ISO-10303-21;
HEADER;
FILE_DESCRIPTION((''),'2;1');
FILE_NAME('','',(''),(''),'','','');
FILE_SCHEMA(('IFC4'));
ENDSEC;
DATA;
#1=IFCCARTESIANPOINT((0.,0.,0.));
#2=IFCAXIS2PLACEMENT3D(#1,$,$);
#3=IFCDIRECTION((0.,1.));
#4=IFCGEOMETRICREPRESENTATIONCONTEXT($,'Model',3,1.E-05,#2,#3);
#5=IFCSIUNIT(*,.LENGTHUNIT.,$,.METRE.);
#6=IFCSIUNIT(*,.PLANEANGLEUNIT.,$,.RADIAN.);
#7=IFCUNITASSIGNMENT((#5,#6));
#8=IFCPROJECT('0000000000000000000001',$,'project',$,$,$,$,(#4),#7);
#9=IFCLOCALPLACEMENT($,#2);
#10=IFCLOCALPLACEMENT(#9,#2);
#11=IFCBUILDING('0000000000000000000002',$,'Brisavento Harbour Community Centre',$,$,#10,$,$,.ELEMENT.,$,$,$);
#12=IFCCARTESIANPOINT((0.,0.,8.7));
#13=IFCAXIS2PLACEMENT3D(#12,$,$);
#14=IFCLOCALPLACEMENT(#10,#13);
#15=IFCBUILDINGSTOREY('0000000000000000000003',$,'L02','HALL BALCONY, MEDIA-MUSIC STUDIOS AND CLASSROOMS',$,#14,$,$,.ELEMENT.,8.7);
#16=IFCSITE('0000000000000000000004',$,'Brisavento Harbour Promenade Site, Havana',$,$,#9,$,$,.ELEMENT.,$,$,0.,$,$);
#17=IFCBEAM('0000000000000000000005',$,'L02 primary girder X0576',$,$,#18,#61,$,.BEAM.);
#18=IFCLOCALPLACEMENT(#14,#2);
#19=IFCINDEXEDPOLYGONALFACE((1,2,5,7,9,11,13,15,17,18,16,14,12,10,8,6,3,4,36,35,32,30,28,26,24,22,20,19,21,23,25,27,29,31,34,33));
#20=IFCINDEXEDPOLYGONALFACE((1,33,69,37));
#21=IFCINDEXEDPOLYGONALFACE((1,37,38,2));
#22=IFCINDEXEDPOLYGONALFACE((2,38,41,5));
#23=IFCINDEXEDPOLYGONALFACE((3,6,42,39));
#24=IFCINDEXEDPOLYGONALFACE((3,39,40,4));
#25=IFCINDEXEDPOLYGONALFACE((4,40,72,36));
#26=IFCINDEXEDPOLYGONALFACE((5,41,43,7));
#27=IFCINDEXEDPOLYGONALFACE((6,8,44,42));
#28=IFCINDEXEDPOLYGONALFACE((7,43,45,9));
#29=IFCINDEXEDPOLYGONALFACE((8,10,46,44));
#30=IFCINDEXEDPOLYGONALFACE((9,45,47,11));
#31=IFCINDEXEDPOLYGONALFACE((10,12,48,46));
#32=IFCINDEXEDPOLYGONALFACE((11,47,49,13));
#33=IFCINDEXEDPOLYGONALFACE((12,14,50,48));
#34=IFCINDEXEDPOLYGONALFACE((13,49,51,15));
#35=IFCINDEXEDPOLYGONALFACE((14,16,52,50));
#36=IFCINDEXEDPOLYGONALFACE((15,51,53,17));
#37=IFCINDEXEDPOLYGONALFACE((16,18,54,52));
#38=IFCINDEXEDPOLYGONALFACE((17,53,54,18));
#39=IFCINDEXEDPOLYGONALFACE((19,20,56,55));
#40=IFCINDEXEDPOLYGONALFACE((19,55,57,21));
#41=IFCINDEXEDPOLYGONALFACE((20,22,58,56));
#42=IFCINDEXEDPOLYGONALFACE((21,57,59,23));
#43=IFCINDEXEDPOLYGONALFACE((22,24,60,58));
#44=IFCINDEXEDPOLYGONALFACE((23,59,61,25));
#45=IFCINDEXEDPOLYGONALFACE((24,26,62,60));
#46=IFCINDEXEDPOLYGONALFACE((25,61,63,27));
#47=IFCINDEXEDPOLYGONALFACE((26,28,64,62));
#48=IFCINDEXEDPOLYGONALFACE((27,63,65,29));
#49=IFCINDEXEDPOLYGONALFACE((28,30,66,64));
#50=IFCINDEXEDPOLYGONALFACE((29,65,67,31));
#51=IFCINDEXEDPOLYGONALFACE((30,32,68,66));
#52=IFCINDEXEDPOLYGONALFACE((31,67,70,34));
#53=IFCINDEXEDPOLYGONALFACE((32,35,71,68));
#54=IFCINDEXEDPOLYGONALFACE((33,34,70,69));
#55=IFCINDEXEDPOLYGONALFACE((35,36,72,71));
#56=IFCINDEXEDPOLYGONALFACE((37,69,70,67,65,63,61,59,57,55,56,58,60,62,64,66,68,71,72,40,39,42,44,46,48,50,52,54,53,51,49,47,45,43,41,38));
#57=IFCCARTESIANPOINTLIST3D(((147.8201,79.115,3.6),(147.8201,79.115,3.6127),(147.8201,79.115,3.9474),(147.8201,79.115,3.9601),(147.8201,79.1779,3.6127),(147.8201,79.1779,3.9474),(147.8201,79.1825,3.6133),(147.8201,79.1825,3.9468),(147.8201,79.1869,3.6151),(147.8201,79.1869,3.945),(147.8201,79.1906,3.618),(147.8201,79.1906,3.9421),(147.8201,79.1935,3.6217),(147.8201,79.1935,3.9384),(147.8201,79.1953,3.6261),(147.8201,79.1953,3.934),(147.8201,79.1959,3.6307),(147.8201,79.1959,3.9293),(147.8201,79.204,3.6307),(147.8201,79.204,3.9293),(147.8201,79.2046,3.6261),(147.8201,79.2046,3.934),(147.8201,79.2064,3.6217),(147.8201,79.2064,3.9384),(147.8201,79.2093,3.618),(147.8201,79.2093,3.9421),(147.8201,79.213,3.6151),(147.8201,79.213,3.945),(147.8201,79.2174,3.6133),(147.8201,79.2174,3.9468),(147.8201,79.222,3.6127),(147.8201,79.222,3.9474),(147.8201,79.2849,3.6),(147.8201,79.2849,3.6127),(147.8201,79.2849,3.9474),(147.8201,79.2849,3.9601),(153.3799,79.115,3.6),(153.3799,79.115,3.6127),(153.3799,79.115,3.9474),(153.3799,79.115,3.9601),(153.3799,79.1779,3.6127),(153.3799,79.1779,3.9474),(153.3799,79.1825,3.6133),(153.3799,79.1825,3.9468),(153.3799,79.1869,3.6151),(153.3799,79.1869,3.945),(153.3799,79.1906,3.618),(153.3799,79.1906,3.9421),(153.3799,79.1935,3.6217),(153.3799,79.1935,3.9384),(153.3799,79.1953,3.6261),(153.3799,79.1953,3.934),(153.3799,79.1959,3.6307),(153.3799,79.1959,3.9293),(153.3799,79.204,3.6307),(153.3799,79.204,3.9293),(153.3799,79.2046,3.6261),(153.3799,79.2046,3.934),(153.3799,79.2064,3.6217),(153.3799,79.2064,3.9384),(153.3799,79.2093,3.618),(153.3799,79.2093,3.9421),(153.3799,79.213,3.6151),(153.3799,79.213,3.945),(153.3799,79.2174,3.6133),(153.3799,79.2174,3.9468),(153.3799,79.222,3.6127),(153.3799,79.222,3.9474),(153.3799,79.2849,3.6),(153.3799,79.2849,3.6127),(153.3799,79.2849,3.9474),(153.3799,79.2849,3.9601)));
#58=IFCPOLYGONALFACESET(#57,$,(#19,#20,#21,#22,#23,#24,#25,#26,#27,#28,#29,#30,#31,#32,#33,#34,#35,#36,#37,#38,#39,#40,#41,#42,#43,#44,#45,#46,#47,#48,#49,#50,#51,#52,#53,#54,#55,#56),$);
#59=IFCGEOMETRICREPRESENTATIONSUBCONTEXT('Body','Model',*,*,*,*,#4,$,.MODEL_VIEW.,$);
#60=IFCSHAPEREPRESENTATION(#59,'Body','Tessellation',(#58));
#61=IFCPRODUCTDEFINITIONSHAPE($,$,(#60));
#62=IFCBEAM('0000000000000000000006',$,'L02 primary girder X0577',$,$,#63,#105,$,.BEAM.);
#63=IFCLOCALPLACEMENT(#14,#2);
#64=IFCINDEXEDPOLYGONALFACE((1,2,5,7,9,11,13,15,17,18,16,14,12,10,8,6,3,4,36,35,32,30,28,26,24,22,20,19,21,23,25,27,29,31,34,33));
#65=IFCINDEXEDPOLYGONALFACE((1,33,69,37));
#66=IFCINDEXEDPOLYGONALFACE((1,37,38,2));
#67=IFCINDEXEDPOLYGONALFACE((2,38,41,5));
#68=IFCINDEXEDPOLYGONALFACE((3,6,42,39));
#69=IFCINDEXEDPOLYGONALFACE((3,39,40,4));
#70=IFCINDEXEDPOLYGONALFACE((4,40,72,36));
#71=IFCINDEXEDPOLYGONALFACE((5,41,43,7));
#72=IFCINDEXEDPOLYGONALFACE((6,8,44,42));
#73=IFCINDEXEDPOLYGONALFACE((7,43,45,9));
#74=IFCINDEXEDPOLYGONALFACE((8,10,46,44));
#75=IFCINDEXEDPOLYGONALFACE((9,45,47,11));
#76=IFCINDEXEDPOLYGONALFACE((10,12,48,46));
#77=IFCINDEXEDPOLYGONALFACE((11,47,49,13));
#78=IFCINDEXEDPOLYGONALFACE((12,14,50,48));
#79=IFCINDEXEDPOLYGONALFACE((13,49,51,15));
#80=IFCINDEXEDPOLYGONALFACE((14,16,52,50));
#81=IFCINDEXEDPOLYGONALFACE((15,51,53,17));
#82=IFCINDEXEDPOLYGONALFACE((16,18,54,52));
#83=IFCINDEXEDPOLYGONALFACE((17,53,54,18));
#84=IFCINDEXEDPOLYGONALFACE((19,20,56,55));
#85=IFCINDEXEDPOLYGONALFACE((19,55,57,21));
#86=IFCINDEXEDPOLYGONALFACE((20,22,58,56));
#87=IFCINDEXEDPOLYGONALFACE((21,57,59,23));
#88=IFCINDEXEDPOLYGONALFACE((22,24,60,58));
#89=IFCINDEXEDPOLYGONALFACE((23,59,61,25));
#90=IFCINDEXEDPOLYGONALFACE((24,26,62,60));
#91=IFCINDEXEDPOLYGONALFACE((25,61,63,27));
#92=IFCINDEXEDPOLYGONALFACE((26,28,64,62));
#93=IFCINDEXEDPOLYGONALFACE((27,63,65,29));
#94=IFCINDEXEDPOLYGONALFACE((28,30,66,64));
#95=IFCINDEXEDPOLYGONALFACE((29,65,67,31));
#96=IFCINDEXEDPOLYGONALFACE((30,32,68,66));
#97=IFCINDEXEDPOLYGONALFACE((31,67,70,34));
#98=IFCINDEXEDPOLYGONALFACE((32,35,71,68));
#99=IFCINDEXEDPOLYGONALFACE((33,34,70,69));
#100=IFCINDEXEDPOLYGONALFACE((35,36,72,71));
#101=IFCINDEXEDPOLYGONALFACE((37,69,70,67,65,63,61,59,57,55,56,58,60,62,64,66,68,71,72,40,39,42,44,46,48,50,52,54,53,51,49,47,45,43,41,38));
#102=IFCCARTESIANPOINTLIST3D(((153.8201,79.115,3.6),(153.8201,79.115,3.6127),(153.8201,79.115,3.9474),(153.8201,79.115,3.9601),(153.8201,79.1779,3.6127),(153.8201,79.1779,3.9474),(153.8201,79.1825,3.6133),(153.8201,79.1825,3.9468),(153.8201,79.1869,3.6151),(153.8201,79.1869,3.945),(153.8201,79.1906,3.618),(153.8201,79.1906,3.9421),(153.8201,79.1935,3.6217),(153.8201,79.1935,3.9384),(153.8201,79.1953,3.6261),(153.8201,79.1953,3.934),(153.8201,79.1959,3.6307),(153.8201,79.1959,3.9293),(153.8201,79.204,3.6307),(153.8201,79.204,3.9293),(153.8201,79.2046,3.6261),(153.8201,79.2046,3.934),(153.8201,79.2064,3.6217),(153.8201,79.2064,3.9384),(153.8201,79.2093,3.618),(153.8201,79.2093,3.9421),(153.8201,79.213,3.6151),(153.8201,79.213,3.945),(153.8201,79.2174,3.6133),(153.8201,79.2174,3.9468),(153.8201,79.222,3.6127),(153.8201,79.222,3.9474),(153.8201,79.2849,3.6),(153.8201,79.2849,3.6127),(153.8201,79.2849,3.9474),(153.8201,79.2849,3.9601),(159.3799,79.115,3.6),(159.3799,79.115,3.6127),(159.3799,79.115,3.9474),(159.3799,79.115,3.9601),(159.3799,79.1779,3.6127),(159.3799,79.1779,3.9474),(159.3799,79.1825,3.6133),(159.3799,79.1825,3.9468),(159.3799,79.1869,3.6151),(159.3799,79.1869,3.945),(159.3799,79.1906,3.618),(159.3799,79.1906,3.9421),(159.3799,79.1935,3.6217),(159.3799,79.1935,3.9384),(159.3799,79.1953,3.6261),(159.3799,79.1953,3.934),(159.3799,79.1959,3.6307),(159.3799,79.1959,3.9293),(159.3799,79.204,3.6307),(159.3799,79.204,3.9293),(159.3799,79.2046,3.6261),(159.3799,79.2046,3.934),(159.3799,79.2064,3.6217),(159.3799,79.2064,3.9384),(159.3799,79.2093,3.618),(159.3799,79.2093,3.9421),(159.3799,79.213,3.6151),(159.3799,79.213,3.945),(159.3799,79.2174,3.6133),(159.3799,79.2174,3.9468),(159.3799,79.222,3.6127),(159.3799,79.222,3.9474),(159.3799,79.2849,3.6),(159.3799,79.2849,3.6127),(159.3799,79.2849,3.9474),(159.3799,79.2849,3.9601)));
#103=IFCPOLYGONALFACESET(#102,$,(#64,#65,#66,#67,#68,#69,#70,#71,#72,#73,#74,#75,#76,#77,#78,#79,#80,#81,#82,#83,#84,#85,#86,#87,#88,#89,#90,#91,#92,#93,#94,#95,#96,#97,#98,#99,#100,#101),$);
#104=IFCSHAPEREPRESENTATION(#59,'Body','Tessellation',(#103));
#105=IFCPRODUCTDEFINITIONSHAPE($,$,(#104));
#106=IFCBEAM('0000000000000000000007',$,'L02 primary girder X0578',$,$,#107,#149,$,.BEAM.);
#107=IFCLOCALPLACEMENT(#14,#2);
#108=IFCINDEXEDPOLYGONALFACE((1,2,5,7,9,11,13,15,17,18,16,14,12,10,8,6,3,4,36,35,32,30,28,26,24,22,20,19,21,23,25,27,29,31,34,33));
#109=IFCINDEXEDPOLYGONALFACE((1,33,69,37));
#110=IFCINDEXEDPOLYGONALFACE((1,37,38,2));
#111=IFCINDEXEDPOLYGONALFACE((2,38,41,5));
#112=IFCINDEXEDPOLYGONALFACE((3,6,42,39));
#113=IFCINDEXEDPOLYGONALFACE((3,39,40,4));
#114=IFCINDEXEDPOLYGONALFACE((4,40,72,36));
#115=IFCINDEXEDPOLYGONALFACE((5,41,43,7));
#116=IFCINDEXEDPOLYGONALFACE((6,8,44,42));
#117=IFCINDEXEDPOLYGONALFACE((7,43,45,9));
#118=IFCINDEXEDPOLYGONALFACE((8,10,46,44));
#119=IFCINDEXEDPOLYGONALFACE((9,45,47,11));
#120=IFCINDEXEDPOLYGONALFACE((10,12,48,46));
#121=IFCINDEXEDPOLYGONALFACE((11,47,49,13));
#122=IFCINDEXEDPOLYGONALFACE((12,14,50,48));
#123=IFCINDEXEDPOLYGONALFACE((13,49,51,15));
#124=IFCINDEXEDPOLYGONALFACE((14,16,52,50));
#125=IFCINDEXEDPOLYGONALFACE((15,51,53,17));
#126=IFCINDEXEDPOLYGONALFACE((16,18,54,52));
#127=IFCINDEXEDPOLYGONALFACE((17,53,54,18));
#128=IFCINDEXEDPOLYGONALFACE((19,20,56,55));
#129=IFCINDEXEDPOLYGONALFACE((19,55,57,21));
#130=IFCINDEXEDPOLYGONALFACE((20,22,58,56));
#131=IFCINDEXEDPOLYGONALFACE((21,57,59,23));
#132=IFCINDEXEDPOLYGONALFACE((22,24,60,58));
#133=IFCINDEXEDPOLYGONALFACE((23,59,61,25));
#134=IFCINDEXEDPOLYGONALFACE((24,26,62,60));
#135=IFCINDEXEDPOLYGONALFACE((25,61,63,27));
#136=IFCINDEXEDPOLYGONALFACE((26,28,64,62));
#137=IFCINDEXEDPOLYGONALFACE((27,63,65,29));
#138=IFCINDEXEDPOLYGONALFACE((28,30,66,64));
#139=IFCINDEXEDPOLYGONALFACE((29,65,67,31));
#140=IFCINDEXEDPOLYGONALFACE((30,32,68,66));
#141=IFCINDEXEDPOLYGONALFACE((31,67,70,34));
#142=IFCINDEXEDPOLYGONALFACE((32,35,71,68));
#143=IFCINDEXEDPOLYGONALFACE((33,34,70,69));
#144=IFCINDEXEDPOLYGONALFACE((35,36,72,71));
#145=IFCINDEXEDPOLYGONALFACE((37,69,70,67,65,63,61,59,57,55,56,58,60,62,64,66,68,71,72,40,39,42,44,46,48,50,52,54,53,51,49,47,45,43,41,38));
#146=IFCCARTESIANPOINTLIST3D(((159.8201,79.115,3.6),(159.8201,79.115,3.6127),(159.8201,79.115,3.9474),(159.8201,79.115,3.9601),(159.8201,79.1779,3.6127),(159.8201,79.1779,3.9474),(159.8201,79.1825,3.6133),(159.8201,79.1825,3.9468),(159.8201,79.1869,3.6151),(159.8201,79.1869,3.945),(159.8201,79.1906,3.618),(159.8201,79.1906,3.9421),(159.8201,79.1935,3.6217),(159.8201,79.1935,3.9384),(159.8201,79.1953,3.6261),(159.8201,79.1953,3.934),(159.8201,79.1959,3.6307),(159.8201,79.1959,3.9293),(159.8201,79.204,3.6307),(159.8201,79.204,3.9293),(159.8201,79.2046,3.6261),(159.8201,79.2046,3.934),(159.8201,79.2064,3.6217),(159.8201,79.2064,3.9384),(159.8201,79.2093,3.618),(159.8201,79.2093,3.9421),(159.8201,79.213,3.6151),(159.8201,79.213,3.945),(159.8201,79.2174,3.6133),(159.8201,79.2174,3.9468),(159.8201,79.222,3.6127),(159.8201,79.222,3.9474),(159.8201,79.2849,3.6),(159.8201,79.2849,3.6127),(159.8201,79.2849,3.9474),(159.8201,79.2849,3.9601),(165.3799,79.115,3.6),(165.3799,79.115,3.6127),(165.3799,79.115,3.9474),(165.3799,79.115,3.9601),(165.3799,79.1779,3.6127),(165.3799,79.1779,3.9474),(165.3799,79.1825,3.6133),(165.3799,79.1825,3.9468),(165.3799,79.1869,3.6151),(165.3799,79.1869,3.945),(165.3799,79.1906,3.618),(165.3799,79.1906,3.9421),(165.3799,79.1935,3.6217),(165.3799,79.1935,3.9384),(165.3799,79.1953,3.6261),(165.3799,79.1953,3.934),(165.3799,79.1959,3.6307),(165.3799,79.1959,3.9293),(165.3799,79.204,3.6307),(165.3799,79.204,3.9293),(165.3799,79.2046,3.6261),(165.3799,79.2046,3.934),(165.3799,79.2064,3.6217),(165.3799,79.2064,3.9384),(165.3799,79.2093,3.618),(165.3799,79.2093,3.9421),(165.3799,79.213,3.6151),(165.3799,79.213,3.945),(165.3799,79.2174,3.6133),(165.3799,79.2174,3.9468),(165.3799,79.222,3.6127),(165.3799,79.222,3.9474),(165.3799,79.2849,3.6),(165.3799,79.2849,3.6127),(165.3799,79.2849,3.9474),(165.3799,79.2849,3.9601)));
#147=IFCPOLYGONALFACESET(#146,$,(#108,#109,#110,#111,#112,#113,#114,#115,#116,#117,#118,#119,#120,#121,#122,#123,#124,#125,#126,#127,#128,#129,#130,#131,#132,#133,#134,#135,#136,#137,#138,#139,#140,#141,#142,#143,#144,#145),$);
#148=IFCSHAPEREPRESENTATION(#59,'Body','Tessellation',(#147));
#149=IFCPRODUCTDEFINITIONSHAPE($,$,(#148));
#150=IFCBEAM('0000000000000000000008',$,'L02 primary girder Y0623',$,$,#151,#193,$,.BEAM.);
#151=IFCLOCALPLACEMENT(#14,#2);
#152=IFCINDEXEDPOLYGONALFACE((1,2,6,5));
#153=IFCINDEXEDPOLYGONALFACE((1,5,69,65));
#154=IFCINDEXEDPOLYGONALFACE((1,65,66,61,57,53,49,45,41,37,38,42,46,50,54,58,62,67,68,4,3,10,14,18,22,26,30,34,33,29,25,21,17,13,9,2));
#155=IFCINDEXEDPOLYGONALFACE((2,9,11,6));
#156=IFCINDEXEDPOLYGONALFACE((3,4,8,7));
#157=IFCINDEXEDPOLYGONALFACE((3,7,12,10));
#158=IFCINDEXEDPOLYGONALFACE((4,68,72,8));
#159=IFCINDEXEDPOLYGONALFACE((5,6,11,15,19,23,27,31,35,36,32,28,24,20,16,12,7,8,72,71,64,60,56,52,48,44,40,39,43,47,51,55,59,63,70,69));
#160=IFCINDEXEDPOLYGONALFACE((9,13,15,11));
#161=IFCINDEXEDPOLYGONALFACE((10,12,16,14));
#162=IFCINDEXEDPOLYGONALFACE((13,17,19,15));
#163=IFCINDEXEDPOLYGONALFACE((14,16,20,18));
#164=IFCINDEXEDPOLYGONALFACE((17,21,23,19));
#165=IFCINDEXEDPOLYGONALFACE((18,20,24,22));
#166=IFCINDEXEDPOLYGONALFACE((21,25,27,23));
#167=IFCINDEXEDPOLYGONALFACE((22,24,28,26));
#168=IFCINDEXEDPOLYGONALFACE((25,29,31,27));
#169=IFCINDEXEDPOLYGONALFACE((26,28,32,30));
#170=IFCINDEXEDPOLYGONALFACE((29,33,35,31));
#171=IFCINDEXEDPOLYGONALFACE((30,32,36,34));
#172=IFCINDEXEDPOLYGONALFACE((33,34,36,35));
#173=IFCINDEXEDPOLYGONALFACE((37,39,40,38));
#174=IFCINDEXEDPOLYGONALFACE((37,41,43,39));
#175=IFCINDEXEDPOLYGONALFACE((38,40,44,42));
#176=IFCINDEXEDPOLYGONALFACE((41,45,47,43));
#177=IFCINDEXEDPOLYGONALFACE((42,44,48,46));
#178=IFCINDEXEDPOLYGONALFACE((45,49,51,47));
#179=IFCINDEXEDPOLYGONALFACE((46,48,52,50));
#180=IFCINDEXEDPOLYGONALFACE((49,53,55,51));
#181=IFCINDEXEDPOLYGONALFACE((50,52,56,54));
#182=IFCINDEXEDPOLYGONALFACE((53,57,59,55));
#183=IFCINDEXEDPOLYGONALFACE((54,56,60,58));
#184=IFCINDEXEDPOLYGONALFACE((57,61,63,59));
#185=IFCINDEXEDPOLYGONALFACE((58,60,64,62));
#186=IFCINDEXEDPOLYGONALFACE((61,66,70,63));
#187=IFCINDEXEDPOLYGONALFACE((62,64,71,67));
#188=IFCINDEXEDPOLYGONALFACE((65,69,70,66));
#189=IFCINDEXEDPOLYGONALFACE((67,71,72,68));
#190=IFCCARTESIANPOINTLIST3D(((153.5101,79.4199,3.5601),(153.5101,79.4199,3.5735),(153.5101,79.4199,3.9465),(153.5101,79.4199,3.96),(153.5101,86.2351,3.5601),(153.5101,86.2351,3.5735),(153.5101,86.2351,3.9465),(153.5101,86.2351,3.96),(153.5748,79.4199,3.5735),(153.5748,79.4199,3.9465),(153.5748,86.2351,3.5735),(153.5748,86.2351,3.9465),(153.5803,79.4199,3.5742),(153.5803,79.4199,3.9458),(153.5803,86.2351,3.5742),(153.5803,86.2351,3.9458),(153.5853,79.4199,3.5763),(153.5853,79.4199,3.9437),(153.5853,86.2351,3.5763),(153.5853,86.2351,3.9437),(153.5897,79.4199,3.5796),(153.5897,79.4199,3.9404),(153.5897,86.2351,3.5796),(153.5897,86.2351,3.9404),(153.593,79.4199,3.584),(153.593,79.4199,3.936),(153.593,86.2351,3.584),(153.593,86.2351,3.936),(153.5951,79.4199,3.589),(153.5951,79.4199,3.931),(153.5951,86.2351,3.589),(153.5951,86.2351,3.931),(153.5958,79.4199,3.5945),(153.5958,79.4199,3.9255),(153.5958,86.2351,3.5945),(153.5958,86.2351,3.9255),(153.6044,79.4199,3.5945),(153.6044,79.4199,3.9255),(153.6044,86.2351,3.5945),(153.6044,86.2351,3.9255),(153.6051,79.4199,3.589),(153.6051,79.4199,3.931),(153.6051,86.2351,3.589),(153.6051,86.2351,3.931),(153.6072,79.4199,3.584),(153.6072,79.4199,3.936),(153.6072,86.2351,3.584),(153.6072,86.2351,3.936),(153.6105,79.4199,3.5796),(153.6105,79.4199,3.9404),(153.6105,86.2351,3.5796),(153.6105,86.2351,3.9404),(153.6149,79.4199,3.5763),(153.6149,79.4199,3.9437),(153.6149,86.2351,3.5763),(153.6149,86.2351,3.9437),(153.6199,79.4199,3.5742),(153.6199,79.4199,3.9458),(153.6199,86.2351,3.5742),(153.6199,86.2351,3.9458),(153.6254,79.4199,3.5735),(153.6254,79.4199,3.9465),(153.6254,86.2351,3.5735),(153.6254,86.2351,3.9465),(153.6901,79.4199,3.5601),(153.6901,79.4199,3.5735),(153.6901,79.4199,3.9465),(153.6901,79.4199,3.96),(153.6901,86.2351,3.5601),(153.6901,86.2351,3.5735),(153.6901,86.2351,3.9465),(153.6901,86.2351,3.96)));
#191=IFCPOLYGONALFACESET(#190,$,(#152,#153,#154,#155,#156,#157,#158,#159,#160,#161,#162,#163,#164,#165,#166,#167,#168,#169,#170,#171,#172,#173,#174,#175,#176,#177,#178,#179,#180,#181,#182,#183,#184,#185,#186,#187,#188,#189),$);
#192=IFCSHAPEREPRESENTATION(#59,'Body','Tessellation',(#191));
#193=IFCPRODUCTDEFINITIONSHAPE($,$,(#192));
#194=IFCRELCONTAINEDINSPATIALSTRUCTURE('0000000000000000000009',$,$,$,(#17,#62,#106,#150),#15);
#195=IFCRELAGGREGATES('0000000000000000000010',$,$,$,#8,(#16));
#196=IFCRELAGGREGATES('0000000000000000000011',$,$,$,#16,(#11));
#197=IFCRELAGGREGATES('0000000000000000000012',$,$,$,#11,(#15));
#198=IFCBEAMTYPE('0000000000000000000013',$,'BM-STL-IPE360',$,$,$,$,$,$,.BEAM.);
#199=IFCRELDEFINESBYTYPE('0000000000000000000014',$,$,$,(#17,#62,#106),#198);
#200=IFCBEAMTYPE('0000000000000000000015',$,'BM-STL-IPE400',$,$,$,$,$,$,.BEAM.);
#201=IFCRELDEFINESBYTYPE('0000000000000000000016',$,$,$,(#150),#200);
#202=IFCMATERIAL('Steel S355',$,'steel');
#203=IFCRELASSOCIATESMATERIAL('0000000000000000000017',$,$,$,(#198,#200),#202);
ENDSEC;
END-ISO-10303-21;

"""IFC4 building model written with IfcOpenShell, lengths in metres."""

from ifc_helpers import new_model, si_unit, direction, frame, origin, origin_2d, place, context, subcontext, project, spatial, i_section, extrude, material, material_profile, profile_set, type_object, element, save


model = new_model("IFC4")

# Units and contexts
model_context = context("Model", 3, precision=1e-05, world=origin(), true_north=direction((0.0, 1.0)))
body_context = subcontext(model_context, "Body", "Model", "MODEL_VIEW")
ifc_project = project(units=[si_unit("LENGTHUNIT", "METRE"), si_unit("PLANEANGLEUNIT", "RADIAN")], contexts=[model_context])

# Site, building, storey
site_placement = place(None, origin())
site = spatial("IfcSite", under=ifc_project, at=site_placement, Name="Brisavento Harbour Promenade Site, Havana", CompositionType="ELEMENT", RefElevation=0.0)
building_placement = place(site_placement, origin())
building = spatial("IfcBuilding", under=site, at=building_placement, Name="Brisavento Harbour Community Centre", CompositionType="ELEMENT")
storey_placement = place(building_placement, frame((0.0, 0.0, 8.7)))
storey = spatial("IfcBuildingStorey", under=building, at=storey_placement, Name="L02", Description="HALL BALCONY, MEDIA-MUSIC STUDIOS AND CLASSROOMS", CompositionType="ELEMENT", Elevation=8.7)

# Beams
ifc_material_1 = material(Name="Steel S355", Category="steel")
ifc_material_profile_1 = material_profile(ifc_material_1, i_section(OverallWidth=0.1699, OverallDepth=0.3601, WebThickness=0.0081, FlangeThickness=0.0127, FilletRadius=0.0181, at=origin_2d()), Name="Steel S355")
ifc_profile_set_1 = profile_set([ifc_material_profile_1], Name="Steel S355")
beam_type_1 = type_object("IfcBeamType", Name="BM-STL-IPE360", PredefinedType="BEAM", material=ifc_profile_set_1)
for number, where, z_axis, x_axis, name in (
    (1, (147.8201, 79.2, 3.78), (1.0, 0.0, 0.0), (0.0, 1.0, 0.0), "L02 primary girder X0576"),
    (2, (153.8201, 79.2, 3.78), (1.0, 0.0, 0.0), (0.0, 1.0, 0.0), "L02 primary girder X0577"),
    (3, (159.8201, 79.2, 3.78), (1.0, 0.0, 0.0), (0.0, 1.0, 0.0), "L02 primary girder X0578"),
):
    element("IfcBeam", number, at=place(storey_placement, frame(where, z_axis=z_axis, x_axis=x_axis)), inside=storey, type_object=beam_type_1, Name=name, PredefinedType="BEAM", context=body_context, shape_type="SweptSolid", body=[
        extrude(i_section(OverallWidth=0.1699, OverallDepth=0.3601, WebThickness=0.0081, FlangeThickness=0.0127, FilletRadius=0.0181, at=origin_2d()), origin(), (0.0, 0.0, 1.0), 5.5598),
    ])
ifc_material_profile_2 = material_profile(ifc_material_1, i_section(OverallWidth=0.1799, OverallDepth=0.3999, WebThickness=0.0085, FlangeThickness=0.0134, FilletRadius=0.021, at=origin_2d()), Name="Steel S355")
ifc_profile_set_2 = profile_set([ifc_material_profile_2], Name="Steel S355")
beam_type_2 = type_object("IfcBeamType", Name="BM-STL-IPE400", PredefinedType="BEAM", material=ifc_profile_set_2)
for number, where, z_axis, x_axis, name in (
    (4, (153.6001, 79.4199, 3.76), (0.0, 1.0, 0.0), (-1.0, 0.0, 0.0), "L02 primary girder Y0623"),
):
    element("IfcBeam", number, at=place(storey_placement, frame(where, z_axis=z_axis, x_axis=x_axis)), inside=storey, type_object=beam_type_2, Name=name, PredefinedType="BEAM", context=body_context, shape_type="SweptSolid", body=[
        extrude(i_section(OverallWidth=0.1799, OverallDepth=0.3999, WebThickness=0.0085, FlangeThickness=0.0134, FilletRadius=0.021, at=origin_2d()), origin(), (0.0, 0.0, 1.0), 6.8152),
    ])

save(model, "model.ifc")
